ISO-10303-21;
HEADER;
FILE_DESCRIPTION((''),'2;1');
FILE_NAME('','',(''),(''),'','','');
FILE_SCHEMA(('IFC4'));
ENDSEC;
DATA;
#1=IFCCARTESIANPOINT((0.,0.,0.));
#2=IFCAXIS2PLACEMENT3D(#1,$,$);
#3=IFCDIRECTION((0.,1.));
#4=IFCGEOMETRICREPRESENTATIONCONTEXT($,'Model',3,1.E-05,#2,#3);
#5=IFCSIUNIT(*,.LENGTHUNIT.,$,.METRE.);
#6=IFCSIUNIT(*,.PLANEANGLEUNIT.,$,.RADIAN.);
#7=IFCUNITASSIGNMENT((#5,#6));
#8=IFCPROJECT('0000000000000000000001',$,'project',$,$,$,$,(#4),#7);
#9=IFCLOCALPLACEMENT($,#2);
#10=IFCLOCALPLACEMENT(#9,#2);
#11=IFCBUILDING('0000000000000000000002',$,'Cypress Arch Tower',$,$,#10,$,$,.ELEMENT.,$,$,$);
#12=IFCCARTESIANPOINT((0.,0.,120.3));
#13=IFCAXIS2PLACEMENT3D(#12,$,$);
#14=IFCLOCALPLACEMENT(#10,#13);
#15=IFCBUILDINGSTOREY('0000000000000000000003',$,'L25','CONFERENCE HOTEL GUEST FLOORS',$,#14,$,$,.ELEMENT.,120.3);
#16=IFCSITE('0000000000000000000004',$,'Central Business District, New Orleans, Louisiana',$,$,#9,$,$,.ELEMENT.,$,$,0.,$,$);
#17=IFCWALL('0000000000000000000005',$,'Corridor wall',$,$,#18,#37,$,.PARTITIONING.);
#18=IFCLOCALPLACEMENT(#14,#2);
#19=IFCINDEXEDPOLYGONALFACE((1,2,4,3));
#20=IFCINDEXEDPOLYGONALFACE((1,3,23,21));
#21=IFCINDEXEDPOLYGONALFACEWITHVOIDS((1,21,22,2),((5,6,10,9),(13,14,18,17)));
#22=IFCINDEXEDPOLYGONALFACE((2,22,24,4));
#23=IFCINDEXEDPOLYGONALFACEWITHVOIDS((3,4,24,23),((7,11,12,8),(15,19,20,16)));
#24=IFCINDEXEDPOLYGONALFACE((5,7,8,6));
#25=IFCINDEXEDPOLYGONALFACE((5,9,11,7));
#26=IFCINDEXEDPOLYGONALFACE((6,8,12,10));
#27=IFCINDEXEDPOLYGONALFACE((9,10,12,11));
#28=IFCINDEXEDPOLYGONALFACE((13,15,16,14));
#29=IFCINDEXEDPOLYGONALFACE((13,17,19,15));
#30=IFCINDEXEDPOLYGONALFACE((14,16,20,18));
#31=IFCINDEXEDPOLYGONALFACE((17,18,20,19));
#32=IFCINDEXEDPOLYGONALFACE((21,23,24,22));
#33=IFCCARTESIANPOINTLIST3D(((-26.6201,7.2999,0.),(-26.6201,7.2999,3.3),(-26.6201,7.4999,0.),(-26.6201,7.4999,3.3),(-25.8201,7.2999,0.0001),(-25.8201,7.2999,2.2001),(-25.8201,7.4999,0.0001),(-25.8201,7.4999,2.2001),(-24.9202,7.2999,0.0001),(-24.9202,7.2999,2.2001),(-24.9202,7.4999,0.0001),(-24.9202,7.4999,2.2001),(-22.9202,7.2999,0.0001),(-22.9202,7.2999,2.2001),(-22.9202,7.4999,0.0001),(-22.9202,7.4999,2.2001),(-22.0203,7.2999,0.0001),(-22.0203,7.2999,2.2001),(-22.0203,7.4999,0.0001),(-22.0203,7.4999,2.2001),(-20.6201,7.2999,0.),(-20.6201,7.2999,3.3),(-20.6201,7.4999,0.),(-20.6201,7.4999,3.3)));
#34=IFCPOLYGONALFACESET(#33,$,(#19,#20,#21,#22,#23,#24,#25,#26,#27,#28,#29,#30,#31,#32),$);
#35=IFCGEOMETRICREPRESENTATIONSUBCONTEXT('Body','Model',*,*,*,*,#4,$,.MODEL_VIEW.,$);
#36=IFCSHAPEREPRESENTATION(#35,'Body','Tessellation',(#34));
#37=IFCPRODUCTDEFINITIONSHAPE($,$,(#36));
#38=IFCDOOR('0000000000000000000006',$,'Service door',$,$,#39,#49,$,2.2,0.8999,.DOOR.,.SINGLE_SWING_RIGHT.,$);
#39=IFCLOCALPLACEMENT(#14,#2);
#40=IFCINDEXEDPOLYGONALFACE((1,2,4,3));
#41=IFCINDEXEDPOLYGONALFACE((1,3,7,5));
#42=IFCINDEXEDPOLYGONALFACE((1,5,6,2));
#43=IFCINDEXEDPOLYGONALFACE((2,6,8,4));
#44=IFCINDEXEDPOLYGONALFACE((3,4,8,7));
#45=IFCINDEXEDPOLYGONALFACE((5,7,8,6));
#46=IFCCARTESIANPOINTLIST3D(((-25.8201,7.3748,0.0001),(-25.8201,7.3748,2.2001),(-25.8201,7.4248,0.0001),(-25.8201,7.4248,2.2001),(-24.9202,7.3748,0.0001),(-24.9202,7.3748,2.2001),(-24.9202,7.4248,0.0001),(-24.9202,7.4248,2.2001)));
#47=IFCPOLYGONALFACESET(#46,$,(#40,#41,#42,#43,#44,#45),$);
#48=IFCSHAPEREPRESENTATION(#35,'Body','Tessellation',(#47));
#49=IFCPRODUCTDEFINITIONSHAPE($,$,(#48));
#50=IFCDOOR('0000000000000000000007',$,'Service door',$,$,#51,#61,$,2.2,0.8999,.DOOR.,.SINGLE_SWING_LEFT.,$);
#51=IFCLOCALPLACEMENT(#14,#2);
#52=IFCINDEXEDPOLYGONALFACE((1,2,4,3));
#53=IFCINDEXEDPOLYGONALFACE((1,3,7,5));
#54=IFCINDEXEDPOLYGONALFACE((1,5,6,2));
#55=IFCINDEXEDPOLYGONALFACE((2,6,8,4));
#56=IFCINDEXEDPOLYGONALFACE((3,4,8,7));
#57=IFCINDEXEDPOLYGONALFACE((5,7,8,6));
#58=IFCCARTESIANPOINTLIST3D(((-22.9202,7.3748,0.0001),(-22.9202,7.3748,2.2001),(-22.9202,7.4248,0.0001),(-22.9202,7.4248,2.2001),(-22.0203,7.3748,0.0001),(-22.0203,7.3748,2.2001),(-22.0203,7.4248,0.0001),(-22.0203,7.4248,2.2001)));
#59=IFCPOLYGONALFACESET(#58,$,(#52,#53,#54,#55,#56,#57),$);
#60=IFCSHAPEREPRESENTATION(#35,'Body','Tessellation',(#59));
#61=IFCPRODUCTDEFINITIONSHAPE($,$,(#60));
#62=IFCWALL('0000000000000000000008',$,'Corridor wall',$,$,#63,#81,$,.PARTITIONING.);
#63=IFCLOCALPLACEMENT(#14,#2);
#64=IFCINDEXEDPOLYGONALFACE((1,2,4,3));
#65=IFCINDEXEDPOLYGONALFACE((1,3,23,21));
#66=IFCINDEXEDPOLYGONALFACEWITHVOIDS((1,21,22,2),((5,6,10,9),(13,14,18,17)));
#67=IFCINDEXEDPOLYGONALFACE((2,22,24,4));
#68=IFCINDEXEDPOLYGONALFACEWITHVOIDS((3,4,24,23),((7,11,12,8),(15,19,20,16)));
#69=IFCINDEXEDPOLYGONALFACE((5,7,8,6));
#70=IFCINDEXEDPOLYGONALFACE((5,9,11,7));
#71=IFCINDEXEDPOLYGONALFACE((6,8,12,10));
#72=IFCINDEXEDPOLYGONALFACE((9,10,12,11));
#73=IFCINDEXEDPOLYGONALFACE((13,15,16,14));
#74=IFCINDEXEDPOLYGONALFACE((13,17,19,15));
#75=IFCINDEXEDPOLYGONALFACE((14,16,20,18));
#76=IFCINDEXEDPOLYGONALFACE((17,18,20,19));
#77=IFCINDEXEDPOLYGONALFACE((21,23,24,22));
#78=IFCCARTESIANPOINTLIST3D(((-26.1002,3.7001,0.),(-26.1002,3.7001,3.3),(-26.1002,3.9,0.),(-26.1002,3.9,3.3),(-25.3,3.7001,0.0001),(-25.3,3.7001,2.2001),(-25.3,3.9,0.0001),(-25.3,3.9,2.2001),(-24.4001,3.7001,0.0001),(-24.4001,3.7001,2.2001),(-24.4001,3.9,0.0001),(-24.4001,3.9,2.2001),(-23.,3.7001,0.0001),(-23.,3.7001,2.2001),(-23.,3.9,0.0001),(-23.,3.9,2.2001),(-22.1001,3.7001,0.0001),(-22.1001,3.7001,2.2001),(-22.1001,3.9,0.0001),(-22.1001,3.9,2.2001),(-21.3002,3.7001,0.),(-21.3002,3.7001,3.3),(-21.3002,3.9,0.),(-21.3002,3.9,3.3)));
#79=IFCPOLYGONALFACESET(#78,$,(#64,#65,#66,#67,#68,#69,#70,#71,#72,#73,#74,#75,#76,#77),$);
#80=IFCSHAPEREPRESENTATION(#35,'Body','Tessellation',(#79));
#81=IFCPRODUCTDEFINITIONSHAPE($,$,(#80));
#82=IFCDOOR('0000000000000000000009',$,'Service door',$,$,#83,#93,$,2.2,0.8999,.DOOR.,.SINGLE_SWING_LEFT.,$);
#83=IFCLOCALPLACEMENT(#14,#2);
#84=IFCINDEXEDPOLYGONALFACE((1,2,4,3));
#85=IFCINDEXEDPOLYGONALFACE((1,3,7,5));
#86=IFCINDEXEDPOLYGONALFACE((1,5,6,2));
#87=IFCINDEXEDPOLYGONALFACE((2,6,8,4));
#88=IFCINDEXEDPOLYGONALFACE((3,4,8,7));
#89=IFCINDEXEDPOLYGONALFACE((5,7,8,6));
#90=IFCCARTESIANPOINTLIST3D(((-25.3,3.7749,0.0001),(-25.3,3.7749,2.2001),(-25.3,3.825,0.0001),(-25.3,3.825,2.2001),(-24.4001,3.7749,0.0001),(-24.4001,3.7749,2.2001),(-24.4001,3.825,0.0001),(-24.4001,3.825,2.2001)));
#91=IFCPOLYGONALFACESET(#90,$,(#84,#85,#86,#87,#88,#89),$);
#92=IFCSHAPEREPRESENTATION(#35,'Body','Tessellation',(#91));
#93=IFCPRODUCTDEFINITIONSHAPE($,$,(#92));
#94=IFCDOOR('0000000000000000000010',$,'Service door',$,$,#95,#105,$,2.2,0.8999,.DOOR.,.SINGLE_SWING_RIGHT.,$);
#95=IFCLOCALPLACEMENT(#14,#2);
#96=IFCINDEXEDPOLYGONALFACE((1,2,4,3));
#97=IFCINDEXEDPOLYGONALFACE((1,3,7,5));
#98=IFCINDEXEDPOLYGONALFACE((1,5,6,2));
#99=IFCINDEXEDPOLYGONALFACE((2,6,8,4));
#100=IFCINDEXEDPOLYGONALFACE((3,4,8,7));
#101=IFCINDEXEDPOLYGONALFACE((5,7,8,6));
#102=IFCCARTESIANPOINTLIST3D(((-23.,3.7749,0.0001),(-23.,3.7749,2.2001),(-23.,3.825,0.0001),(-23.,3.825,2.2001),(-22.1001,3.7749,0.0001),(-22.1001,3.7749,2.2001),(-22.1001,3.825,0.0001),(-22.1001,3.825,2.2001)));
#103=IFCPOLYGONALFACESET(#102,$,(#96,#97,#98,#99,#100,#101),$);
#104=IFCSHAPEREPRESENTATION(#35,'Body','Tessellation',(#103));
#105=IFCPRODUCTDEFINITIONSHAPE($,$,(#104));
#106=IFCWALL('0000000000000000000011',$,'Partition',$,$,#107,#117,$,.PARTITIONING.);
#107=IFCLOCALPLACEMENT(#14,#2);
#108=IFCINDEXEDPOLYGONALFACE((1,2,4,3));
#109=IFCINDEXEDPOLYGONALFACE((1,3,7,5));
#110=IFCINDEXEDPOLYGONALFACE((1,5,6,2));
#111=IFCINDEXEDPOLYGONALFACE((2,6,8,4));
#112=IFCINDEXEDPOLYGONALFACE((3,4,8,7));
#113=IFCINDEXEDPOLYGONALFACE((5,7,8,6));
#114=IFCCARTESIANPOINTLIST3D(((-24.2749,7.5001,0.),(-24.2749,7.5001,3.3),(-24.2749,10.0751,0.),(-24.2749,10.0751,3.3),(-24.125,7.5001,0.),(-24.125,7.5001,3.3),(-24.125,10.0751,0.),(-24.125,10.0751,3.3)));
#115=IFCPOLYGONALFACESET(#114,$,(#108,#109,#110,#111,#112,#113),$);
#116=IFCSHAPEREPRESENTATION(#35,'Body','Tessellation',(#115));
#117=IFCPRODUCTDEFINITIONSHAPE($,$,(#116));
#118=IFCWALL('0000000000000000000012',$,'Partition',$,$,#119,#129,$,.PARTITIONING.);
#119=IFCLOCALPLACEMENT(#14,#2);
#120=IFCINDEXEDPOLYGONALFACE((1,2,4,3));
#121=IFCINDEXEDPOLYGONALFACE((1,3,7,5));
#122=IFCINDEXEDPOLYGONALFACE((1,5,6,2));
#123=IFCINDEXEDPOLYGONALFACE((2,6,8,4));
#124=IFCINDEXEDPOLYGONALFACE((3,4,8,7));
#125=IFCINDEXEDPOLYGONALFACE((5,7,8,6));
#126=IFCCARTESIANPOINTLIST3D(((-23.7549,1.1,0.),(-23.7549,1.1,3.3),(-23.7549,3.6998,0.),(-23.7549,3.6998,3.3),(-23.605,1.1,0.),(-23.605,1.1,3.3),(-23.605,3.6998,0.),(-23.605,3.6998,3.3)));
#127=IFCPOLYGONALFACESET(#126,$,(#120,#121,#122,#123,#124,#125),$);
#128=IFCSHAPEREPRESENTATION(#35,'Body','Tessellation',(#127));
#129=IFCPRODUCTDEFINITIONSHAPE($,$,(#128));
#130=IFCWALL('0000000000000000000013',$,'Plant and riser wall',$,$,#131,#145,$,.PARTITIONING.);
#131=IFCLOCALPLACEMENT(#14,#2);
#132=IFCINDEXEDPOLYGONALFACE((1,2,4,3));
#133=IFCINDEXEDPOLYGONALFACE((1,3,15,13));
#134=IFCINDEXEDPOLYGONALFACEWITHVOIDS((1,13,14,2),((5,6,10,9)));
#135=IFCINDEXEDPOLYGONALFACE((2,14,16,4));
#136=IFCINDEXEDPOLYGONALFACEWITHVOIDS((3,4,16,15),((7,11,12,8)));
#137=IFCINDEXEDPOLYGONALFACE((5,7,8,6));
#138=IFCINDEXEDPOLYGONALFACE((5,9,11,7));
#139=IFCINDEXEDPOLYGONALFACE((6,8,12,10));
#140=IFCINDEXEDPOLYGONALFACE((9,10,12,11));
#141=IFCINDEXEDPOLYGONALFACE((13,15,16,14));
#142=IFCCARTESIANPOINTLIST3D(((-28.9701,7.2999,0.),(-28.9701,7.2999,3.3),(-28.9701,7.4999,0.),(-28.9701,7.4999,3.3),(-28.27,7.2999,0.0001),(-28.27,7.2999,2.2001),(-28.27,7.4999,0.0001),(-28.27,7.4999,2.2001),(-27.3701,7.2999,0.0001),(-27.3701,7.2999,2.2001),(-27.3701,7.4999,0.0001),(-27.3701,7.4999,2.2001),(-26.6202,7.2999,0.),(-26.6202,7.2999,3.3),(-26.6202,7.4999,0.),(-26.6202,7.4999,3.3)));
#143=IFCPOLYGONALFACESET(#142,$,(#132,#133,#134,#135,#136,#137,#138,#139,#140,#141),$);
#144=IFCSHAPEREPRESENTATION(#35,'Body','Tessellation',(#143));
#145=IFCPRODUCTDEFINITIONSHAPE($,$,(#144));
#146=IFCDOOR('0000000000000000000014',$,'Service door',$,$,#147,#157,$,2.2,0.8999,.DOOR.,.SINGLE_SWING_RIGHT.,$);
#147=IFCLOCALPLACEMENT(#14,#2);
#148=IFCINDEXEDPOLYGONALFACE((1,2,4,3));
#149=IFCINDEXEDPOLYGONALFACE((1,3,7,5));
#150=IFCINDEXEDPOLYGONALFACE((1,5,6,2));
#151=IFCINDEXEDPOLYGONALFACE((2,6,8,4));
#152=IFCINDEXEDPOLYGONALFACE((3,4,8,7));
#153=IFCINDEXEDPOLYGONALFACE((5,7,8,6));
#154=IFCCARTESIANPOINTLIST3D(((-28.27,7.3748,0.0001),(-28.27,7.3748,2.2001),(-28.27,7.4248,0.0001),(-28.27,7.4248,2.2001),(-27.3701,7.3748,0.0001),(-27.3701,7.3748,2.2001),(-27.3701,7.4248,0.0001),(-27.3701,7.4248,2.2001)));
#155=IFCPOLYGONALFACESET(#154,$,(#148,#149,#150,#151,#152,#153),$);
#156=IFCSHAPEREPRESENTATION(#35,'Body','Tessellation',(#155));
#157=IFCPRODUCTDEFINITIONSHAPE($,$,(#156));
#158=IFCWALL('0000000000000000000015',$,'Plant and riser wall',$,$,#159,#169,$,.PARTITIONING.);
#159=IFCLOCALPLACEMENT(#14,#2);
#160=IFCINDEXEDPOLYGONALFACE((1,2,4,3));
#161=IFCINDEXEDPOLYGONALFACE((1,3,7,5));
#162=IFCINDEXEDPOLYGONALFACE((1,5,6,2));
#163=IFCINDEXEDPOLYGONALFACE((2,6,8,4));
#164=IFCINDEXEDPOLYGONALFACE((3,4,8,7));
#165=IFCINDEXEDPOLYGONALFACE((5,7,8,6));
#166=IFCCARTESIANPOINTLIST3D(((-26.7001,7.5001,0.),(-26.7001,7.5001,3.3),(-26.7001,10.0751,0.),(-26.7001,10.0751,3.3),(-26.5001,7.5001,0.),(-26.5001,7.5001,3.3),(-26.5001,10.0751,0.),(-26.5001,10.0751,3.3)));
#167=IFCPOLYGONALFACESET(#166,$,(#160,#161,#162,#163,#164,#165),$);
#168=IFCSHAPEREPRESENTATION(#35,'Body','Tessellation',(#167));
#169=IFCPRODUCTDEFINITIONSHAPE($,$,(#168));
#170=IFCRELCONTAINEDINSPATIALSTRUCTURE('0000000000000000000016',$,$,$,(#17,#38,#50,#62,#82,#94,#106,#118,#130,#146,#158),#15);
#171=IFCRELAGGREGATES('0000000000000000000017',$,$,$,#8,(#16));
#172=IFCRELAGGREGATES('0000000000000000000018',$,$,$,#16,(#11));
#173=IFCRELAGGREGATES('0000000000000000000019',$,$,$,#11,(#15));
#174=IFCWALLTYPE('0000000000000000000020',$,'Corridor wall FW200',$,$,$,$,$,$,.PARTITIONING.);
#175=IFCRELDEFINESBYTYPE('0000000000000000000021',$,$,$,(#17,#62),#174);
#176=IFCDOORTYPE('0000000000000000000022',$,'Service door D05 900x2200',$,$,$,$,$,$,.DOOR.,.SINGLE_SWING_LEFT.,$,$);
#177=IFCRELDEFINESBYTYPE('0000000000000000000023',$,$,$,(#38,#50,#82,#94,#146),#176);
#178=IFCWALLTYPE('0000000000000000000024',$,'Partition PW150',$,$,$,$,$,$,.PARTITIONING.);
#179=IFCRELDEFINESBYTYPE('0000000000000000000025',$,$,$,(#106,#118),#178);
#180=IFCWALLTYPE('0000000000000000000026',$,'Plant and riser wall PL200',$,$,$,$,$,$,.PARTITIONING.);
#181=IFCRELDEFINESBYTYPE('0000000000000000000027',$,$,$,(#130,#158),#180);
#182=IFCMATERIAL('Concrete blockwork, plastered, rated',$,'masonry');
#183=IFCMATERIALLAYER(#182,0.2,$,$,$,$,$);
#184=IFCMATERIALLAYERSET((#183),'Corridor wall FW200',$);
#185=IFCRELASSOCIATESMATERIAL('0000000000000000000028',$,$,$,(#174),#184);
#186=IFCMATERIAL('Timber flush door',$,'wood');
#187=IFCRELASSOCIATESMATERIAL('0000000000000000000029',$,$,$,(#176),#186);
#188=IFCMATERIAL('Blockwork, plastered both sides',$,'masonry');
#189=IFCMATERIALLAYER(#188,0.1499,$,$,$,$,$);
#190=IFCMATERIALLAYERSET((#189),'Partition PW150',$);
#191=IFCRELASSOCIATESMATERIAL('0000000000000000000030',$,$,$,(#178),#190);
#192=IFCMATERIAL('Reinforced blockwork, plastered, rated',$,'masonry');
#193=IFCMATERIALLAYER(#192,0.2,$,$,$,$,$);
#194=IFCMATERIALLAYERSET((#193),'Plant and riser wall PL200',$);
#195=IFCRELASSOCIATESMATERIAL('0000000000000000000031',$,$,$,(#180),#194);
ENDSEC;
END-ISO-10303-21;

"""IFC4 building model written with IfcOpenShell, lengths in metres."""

from ifc_helpers import new_model, si_unit, direction, frame, frame_2d, origin, place, context, subcontext, project, spatial, rectangle, extrude, material, layer, layer_set, type_object, element, fill, save


model = new_model("IFC4")

# Units and contexts
model_context = context("Model", 3, precision=1e-05, world=origin(), true_north=direction((0.0, 1.0)))
body_context = subcontext(model_context, "Body", "Model", "MODEL_VIEW")
ifc_project = project(units=[si_unit("LENGTHUNIT", "METRE"), si_unit("PLANEANGLEUNIT", "RADIAN")], contexts=[model_context])

# Site, building, storey
site_placement = place(None, origin())
site = spatial("IfcSite", under=ifc_project, at=site_placement, Name="Central Business District, New Orleans, Louisiana", CompositionType="ELEMENT", RefElevation=0.0)
building_placement = place(site_placement, origin())
building = spatial("IfcBuilding", under=site, at=building_placement, Name="Cypress Arch Tower", CompositionType="ELEMENT")
storey_placement = place(building_placement, frame((0.0, 0.0, 120.3)))
storey = spatial("IfcBuildingStorey", under=building, at=storey_placement, Name="L25", Description="CONFERENCE HOTEL GUEST FLOORS", CompositionType="ELEMENT", Elevation=120.3)

# Walls, openings, doors
ifc_material_1 = material(Name="Concrete blockwork, plastered, rated", Category="masonry")
ifc_layer_1 = layer(ifc_material_1, 0.2)
ifc_layer_set_1 = layer_set([ifc_layer_1], Name="Corridor wall FW200")
wall_type_1 = type_object("IfcWallType", Name="Corridor wall FW200", PredefinedType="PARTITIONING", material=ifc_layer_set_1)
wall_1_placement = place(storey_placement, frame((-26.6201, 7.3999, 0.0), z_axis=(0.0, 0.0, 1.0), x_axis=(1.0, 0.0, 0.0)))
wall_1 = element("IfcWall", 1, at=wall_1_placement, inside=storey, type_object=wall_type_1, Name="Corridor wall", PredefinedType="PARTITIONING", context=body_context, shape_type="SweptSolid", body=[
    extrude(rectangle(XDim=6.0, YDim=0.2, at=frame_2d((3.0, 0.0))), origin(), (0.0, 0.0, 1.0), 3.3),
])
opening_1_placement = place(wall_1_placement, frame((0.8, 0.0, 0.0)))
opening_1 = element("IfcOpeningElement", 2, at=opening_1_placement, cuts=wall_1, PredefinedType="OPENING", context=body_context, shape_type="SweptSolid", body=[
    extrude(rectangle(XDim=0.8999, YDim=2.2, at=frame_2d((0.45, 1.1001))), frame((0.0, 0.1099, 0.0), z_axis=(0.0, -1.0, 0.0), x_axis=(1.0, 0.0, 0.0)), (0.0, 0.0, 1.0), 0.22),
])
opening_2_placement = place(wall_1_placement, frame((3.7, 0.0, 0.0)))
opening_2 = element("IfcOpeningElement", 3, at=opening_2_placement, cuts=wall_1, PredefinedType="OPENING", context=body_context, shape_type="SweptSolid", body=[
    extrude(rectangle(XDim=0.8999, YDim=2.2, at=frame_2d((0.45, 1.1001))), frame((0.0, 0.1099, 0.0), z_axis=(0.0, -1.0, 0.0), x_axis=(1.0, 0.0, 0.0)), (0.0, 0.0, 1.0), 0.22),
])
ifc_material_2 = material(Name="Timber flush door", Category="wood")
door_type = type_object("IfcDoorType", Name="Service door D05 900x2200", OperationType="SINGLE_SWING_LEFT", PredefinedType="DOOR", material=ifc_material_2)
door_1_placement = place(opening_1_placement, origin())
door_1 = element("IfcDoor", 4, at=door_1_placement, inside=storey, type_object=door_type, Name="Service door", OperationType="SINGLE_SWING_RIGHT", OverallHeight=2.2, OverallWidth=0.8999, PredefinedType="DOOR", context=body_context, shape_type="SweptSolid", body=[
    extrude(rectangle(XDim=0.8999, YDim=2.2, at=frame_2d((0.45, 1.1001))), frame((0.0, 0.0249, 0.0), z_axis=(0.0, -1.0, 0.0), x_axis=(1.0, 0.0, 0.0)), (0.0, 0.0, 1.0), 0.05),
])
fill(opening_1, door_1)
door_2_placement = place(opening_2_placement, origin())
door_2 = element("IfcDoor", 5, at=door_2_placement, inside=storey, type_object=door_type, Name="Service door", OperationType="SINGLE_SWING_LEFT", OverallHeight=2.2, OverallWidth=0.8999, PredefinedType="DOOR", context=body_context, shape_type="SweptSolid", body=[
    extrude(rectangle(XDim=0.8999, YDim=2.2, at=frame_2d((0.45, 1.1001))), frame((0.0, 0.0249, 0.0), z_axis=(0.0, -1.0, 0.0), x_axis=(1.0, 0.0, 0.0)), (0.0, 0.0, 1.0), 0.05),
])
fill(opening_2, door_2)
wall_2_placement = place(storey_placement, frame((-26.1001, 3.8, 0.0), z_axis=(0.0, 0.0, 1.0), x_axis=(1.0, 0.0, 0.0)))
wall_2 = element("IfcWall", 6, at=wall_2_placement, inside=storey, type_object=wall_type_1, Name="Corridor wall", PredefinedType="PARTITIONING", context=body_context, shape_type="SweptSolid", body=[
    extrude(rectangle(XDim=4.8, YDim=0.2, at=frame_2d((2.3999, 0.0))), origin(), (0.0, 0.0, 1.0), 3.3),
])
opening_3_placement = place(wall_2_placement, frame((0.8, 0.0, 0.0)))
opening_3 = element("IfcOpeningElement", 7, at=opening_3_placement, cuts=wall_2, PredefinedType="OPENING", context=body_context, shape_type="SweptSolid", body=[
    extrude(rectangle(XDim=0.8999, YDim=2.2, at=frame_2d((0.45, 1.1001))), frame((0.0, 0.1099, 0.0), z_axis=(0.0, -1.0, 0.0), x_axis=(1.0, 0.0, 0.0)), (0.0, 0.0, 1.0), 0.22),
])
opening_4_placement = place(wall_2_placement, frame((3.1001, 0.0, 0.0)))
opening_4 = element("IfcOpeningElement", 8, at=opening_4_placement, cuts=wall_2, PredefinedType="OPENING", context=body_context, shape_type="SweptSolid", body=[
    extrude(rectangle(XDim=0.8999, YDim=2.2, at=frame_2d((0.45, 1.1001))), frame((0.0, 0.1099, 0.0), z_axis=(0.0, -1.0, 0.0), x_axis=(1.0, 0.0, 0.0)), (0.0, 0.0, 1.0), 0.22),
])
door_3_placement = place(opening_3_placement, origin())
door_3 = element("IfcDoor", 9, at=door_3_placement, inside=storey, type_object=door_type, Name="Service door", OperationType="SINGLE_SWING_LEFT", OverallHeight=2.2, OverallWidth=0.8999, PredefinedType="DOOR", context=body_context, shape_type="SweptSolid", body=[
    extrude(rectangle(XDim=0.8999, YDim=2.2, at=frame_2d((0.45, 1.1001))), frame((0.0, 0.0249, 0.0), z_axis=(0.0, -1.0, 0.0), x_axis=(1.0, 0.0, 0.0)), (0.0, 0.0, 1.0), 0.05),
])
fill(opening_3, door_3)
door_4_placement = place(opening_4_placement, origin())
door_4 = element("IfcDoor", 10, at=door_4_placement, inside=storey, type_object=door_type, Name="Service door", OperationType="SINGLE_SWING_RIGHT", OverallHeight=2.2, OverallWidth=0.8999, PredefinedType="DOOR", context=body_context, shape_type="SweptSolid", body=[
    extrude(rectangle(XDim=0.8999, YDim=2.2, at=frame_2d((0.45, 1.1001))), frame((0.0, 0.0249, 0.0), z_axis=(0.0, -1.0, 0.0), x_axis=(1.0, 0.0, 0.0)), (0.0, 0.0, 1.0), 0.05),
])
fill(opening_4, door_4)

# Walls
ifc_material_3 = material(Name="Blockwork, plastered both sides", Category="masonry")
ifc_layer_2 = layer(ifc_material_3, 0.1499)
ifc_layer_set_2 = layer_set([ifc_layer_2], Name="Partition PW150")
wall_type_2 = type_object("IfcWallType", Name="Partition PW150", PredefinedType="PARTITIONING", material=ifc_layer_set_2)
wall_3_placement = place(storey_placement, frame((-24.2, 7.5, 0.0), z_axis=(0.0, 0.0, 1.0), x_axis=(0.0, 1.0, 0.0)))
element("IfcWall", 11, at=wall_3_placement, inside=storey, type_object=wall_type_2, Name="Partition", PredefinedType="PARTITIONING", context=body_context, shape_type="SweptSolid", body=[
    extrude(rectangle(XDim=2.575, YDim=0.1499, at=frame_2d((1.2876, 0.0))), origin(), (0.0, 0.0, 1.0), 3.3),
])
wall_4_placement = place(storey_placement, frame((-23.6799, 1.1001, 0.0), z_axis=(0.0, 0.0, 1.0), x_axis=(0.0, 1.0, 0.0)))
element("IfcWall", 12, at=wall_4_placement, inside=storey, type_object=wall_type_2, Name="Partition", PredefinedType="PARTITIONING", context=body_context, shape_type="SweptSolid", body=[
    extrude(rectangle(XDim=2.5999, YDim=0.1499, at=frame_2d((1.2998, 0.0))), origin(), (0.0, 0.0, 1.0), 3.3),
])

# Wall, opening, door
ifc_material_4 = material(Name="Reinforced blockwork, plastered, rated", Category="masonry")
ifc_layer_3 = layer(ifc_material_4, 0.2)
ifc_layer_set_3 = layer_set([ifc_layer_3], Name="Plant and riser wall PL200")
wall_type_3 = type_object("IfcWallType", Name="Plant and riser wall PL200", PredefinedType="PARTITIONING", material=ifc_layer_set_3)
wall_5_placement = place(storey_placement, frame((-28.97, 7.3999, 0.0), z_axis=(0.0, 0.0, 1.0), x_axis=(1.0, 0.0, 0.0)))
wall_5 = element("IfcWall", 13, at=wall_5_placement, inside=storey, type_object=wall_type_3, Name="Plant and riser wall", PredefinedType="PARTITIONING", context=body_context, shape_type="SweptSolid", body=[
    extrude(rectangle(XDim=2.3499, YDim=0.2, at=frame_2d((1.1748, 0.0))), origin(), (0.0, 0.0, 1.0), 3.3),
])
opening_5_placement = place(wall_5_placement, frame((0.7, 0.0, 0.0)))
opening_5 = element("IfcOpeningElement", 14, at=opening_5_placement, cuts=wall_5, PredefinedType="OPENING", context=body_context, shape_type="SweptSolid", body=[
    extrude(rectangle(XDim=0.8999, YDim=2.2, at=frame_2d((0.45, 1.1001))), frame((0.0, 0.1099, 0.0), z_axis=(0.0, -1.0, 0.0), x_axis=(1.0, 0.0, 0.0)), (0.0, 0.0, 1.0), 0.22),
])
door_5_placement = place(opening_5_placement, origin())
door_5 = element("IfcDoor", 15, at=door_5_placement, inside=storey, type_object=door_type, Name="Service door", OperationType="SINGLE_SWING_RIGHT", OverallHeight=2.2, OverallWidth=0.8999, PredefinedType="DOOR", context=body_context, shape_type="SweptSolid", body=[
    extrude(rectangle(XDim=0.8999, YDim=2.2, at=frame_2d((0.45, 1.1001))), frame((0.0, 0.0249, 0.0), z_axis=(0.0, -1.0, 0.0), x_axis=(1.0, 0.0, 0.0)), (0.0, 0.0, 1.0), 0.05),
])
fill(opening_5, door_5)

# Wall
wall_6_placement = place(storey_placement, frame((-26.6001, 7.5, 0.0), z_axis=(0.0, 0.0, 1.0), x_axis=(0.0, 1.0, 0.0)))
element("IfcWall", 16, at=wall_6_placement, inside=storey, type_object=wall_type_3, Name="Plant and riser wall", PredefinedType="PARTITIONING", context=body_context, shape_type="SweptSolid", body=[
    extrude(rectangle(XDim=2.575, YDim=0.2, at=frame_2d((1.2876, 0.0))), origin(), (0.0, 0.0, 1.0), 3.3),
])

save(model, "model.ifc")
